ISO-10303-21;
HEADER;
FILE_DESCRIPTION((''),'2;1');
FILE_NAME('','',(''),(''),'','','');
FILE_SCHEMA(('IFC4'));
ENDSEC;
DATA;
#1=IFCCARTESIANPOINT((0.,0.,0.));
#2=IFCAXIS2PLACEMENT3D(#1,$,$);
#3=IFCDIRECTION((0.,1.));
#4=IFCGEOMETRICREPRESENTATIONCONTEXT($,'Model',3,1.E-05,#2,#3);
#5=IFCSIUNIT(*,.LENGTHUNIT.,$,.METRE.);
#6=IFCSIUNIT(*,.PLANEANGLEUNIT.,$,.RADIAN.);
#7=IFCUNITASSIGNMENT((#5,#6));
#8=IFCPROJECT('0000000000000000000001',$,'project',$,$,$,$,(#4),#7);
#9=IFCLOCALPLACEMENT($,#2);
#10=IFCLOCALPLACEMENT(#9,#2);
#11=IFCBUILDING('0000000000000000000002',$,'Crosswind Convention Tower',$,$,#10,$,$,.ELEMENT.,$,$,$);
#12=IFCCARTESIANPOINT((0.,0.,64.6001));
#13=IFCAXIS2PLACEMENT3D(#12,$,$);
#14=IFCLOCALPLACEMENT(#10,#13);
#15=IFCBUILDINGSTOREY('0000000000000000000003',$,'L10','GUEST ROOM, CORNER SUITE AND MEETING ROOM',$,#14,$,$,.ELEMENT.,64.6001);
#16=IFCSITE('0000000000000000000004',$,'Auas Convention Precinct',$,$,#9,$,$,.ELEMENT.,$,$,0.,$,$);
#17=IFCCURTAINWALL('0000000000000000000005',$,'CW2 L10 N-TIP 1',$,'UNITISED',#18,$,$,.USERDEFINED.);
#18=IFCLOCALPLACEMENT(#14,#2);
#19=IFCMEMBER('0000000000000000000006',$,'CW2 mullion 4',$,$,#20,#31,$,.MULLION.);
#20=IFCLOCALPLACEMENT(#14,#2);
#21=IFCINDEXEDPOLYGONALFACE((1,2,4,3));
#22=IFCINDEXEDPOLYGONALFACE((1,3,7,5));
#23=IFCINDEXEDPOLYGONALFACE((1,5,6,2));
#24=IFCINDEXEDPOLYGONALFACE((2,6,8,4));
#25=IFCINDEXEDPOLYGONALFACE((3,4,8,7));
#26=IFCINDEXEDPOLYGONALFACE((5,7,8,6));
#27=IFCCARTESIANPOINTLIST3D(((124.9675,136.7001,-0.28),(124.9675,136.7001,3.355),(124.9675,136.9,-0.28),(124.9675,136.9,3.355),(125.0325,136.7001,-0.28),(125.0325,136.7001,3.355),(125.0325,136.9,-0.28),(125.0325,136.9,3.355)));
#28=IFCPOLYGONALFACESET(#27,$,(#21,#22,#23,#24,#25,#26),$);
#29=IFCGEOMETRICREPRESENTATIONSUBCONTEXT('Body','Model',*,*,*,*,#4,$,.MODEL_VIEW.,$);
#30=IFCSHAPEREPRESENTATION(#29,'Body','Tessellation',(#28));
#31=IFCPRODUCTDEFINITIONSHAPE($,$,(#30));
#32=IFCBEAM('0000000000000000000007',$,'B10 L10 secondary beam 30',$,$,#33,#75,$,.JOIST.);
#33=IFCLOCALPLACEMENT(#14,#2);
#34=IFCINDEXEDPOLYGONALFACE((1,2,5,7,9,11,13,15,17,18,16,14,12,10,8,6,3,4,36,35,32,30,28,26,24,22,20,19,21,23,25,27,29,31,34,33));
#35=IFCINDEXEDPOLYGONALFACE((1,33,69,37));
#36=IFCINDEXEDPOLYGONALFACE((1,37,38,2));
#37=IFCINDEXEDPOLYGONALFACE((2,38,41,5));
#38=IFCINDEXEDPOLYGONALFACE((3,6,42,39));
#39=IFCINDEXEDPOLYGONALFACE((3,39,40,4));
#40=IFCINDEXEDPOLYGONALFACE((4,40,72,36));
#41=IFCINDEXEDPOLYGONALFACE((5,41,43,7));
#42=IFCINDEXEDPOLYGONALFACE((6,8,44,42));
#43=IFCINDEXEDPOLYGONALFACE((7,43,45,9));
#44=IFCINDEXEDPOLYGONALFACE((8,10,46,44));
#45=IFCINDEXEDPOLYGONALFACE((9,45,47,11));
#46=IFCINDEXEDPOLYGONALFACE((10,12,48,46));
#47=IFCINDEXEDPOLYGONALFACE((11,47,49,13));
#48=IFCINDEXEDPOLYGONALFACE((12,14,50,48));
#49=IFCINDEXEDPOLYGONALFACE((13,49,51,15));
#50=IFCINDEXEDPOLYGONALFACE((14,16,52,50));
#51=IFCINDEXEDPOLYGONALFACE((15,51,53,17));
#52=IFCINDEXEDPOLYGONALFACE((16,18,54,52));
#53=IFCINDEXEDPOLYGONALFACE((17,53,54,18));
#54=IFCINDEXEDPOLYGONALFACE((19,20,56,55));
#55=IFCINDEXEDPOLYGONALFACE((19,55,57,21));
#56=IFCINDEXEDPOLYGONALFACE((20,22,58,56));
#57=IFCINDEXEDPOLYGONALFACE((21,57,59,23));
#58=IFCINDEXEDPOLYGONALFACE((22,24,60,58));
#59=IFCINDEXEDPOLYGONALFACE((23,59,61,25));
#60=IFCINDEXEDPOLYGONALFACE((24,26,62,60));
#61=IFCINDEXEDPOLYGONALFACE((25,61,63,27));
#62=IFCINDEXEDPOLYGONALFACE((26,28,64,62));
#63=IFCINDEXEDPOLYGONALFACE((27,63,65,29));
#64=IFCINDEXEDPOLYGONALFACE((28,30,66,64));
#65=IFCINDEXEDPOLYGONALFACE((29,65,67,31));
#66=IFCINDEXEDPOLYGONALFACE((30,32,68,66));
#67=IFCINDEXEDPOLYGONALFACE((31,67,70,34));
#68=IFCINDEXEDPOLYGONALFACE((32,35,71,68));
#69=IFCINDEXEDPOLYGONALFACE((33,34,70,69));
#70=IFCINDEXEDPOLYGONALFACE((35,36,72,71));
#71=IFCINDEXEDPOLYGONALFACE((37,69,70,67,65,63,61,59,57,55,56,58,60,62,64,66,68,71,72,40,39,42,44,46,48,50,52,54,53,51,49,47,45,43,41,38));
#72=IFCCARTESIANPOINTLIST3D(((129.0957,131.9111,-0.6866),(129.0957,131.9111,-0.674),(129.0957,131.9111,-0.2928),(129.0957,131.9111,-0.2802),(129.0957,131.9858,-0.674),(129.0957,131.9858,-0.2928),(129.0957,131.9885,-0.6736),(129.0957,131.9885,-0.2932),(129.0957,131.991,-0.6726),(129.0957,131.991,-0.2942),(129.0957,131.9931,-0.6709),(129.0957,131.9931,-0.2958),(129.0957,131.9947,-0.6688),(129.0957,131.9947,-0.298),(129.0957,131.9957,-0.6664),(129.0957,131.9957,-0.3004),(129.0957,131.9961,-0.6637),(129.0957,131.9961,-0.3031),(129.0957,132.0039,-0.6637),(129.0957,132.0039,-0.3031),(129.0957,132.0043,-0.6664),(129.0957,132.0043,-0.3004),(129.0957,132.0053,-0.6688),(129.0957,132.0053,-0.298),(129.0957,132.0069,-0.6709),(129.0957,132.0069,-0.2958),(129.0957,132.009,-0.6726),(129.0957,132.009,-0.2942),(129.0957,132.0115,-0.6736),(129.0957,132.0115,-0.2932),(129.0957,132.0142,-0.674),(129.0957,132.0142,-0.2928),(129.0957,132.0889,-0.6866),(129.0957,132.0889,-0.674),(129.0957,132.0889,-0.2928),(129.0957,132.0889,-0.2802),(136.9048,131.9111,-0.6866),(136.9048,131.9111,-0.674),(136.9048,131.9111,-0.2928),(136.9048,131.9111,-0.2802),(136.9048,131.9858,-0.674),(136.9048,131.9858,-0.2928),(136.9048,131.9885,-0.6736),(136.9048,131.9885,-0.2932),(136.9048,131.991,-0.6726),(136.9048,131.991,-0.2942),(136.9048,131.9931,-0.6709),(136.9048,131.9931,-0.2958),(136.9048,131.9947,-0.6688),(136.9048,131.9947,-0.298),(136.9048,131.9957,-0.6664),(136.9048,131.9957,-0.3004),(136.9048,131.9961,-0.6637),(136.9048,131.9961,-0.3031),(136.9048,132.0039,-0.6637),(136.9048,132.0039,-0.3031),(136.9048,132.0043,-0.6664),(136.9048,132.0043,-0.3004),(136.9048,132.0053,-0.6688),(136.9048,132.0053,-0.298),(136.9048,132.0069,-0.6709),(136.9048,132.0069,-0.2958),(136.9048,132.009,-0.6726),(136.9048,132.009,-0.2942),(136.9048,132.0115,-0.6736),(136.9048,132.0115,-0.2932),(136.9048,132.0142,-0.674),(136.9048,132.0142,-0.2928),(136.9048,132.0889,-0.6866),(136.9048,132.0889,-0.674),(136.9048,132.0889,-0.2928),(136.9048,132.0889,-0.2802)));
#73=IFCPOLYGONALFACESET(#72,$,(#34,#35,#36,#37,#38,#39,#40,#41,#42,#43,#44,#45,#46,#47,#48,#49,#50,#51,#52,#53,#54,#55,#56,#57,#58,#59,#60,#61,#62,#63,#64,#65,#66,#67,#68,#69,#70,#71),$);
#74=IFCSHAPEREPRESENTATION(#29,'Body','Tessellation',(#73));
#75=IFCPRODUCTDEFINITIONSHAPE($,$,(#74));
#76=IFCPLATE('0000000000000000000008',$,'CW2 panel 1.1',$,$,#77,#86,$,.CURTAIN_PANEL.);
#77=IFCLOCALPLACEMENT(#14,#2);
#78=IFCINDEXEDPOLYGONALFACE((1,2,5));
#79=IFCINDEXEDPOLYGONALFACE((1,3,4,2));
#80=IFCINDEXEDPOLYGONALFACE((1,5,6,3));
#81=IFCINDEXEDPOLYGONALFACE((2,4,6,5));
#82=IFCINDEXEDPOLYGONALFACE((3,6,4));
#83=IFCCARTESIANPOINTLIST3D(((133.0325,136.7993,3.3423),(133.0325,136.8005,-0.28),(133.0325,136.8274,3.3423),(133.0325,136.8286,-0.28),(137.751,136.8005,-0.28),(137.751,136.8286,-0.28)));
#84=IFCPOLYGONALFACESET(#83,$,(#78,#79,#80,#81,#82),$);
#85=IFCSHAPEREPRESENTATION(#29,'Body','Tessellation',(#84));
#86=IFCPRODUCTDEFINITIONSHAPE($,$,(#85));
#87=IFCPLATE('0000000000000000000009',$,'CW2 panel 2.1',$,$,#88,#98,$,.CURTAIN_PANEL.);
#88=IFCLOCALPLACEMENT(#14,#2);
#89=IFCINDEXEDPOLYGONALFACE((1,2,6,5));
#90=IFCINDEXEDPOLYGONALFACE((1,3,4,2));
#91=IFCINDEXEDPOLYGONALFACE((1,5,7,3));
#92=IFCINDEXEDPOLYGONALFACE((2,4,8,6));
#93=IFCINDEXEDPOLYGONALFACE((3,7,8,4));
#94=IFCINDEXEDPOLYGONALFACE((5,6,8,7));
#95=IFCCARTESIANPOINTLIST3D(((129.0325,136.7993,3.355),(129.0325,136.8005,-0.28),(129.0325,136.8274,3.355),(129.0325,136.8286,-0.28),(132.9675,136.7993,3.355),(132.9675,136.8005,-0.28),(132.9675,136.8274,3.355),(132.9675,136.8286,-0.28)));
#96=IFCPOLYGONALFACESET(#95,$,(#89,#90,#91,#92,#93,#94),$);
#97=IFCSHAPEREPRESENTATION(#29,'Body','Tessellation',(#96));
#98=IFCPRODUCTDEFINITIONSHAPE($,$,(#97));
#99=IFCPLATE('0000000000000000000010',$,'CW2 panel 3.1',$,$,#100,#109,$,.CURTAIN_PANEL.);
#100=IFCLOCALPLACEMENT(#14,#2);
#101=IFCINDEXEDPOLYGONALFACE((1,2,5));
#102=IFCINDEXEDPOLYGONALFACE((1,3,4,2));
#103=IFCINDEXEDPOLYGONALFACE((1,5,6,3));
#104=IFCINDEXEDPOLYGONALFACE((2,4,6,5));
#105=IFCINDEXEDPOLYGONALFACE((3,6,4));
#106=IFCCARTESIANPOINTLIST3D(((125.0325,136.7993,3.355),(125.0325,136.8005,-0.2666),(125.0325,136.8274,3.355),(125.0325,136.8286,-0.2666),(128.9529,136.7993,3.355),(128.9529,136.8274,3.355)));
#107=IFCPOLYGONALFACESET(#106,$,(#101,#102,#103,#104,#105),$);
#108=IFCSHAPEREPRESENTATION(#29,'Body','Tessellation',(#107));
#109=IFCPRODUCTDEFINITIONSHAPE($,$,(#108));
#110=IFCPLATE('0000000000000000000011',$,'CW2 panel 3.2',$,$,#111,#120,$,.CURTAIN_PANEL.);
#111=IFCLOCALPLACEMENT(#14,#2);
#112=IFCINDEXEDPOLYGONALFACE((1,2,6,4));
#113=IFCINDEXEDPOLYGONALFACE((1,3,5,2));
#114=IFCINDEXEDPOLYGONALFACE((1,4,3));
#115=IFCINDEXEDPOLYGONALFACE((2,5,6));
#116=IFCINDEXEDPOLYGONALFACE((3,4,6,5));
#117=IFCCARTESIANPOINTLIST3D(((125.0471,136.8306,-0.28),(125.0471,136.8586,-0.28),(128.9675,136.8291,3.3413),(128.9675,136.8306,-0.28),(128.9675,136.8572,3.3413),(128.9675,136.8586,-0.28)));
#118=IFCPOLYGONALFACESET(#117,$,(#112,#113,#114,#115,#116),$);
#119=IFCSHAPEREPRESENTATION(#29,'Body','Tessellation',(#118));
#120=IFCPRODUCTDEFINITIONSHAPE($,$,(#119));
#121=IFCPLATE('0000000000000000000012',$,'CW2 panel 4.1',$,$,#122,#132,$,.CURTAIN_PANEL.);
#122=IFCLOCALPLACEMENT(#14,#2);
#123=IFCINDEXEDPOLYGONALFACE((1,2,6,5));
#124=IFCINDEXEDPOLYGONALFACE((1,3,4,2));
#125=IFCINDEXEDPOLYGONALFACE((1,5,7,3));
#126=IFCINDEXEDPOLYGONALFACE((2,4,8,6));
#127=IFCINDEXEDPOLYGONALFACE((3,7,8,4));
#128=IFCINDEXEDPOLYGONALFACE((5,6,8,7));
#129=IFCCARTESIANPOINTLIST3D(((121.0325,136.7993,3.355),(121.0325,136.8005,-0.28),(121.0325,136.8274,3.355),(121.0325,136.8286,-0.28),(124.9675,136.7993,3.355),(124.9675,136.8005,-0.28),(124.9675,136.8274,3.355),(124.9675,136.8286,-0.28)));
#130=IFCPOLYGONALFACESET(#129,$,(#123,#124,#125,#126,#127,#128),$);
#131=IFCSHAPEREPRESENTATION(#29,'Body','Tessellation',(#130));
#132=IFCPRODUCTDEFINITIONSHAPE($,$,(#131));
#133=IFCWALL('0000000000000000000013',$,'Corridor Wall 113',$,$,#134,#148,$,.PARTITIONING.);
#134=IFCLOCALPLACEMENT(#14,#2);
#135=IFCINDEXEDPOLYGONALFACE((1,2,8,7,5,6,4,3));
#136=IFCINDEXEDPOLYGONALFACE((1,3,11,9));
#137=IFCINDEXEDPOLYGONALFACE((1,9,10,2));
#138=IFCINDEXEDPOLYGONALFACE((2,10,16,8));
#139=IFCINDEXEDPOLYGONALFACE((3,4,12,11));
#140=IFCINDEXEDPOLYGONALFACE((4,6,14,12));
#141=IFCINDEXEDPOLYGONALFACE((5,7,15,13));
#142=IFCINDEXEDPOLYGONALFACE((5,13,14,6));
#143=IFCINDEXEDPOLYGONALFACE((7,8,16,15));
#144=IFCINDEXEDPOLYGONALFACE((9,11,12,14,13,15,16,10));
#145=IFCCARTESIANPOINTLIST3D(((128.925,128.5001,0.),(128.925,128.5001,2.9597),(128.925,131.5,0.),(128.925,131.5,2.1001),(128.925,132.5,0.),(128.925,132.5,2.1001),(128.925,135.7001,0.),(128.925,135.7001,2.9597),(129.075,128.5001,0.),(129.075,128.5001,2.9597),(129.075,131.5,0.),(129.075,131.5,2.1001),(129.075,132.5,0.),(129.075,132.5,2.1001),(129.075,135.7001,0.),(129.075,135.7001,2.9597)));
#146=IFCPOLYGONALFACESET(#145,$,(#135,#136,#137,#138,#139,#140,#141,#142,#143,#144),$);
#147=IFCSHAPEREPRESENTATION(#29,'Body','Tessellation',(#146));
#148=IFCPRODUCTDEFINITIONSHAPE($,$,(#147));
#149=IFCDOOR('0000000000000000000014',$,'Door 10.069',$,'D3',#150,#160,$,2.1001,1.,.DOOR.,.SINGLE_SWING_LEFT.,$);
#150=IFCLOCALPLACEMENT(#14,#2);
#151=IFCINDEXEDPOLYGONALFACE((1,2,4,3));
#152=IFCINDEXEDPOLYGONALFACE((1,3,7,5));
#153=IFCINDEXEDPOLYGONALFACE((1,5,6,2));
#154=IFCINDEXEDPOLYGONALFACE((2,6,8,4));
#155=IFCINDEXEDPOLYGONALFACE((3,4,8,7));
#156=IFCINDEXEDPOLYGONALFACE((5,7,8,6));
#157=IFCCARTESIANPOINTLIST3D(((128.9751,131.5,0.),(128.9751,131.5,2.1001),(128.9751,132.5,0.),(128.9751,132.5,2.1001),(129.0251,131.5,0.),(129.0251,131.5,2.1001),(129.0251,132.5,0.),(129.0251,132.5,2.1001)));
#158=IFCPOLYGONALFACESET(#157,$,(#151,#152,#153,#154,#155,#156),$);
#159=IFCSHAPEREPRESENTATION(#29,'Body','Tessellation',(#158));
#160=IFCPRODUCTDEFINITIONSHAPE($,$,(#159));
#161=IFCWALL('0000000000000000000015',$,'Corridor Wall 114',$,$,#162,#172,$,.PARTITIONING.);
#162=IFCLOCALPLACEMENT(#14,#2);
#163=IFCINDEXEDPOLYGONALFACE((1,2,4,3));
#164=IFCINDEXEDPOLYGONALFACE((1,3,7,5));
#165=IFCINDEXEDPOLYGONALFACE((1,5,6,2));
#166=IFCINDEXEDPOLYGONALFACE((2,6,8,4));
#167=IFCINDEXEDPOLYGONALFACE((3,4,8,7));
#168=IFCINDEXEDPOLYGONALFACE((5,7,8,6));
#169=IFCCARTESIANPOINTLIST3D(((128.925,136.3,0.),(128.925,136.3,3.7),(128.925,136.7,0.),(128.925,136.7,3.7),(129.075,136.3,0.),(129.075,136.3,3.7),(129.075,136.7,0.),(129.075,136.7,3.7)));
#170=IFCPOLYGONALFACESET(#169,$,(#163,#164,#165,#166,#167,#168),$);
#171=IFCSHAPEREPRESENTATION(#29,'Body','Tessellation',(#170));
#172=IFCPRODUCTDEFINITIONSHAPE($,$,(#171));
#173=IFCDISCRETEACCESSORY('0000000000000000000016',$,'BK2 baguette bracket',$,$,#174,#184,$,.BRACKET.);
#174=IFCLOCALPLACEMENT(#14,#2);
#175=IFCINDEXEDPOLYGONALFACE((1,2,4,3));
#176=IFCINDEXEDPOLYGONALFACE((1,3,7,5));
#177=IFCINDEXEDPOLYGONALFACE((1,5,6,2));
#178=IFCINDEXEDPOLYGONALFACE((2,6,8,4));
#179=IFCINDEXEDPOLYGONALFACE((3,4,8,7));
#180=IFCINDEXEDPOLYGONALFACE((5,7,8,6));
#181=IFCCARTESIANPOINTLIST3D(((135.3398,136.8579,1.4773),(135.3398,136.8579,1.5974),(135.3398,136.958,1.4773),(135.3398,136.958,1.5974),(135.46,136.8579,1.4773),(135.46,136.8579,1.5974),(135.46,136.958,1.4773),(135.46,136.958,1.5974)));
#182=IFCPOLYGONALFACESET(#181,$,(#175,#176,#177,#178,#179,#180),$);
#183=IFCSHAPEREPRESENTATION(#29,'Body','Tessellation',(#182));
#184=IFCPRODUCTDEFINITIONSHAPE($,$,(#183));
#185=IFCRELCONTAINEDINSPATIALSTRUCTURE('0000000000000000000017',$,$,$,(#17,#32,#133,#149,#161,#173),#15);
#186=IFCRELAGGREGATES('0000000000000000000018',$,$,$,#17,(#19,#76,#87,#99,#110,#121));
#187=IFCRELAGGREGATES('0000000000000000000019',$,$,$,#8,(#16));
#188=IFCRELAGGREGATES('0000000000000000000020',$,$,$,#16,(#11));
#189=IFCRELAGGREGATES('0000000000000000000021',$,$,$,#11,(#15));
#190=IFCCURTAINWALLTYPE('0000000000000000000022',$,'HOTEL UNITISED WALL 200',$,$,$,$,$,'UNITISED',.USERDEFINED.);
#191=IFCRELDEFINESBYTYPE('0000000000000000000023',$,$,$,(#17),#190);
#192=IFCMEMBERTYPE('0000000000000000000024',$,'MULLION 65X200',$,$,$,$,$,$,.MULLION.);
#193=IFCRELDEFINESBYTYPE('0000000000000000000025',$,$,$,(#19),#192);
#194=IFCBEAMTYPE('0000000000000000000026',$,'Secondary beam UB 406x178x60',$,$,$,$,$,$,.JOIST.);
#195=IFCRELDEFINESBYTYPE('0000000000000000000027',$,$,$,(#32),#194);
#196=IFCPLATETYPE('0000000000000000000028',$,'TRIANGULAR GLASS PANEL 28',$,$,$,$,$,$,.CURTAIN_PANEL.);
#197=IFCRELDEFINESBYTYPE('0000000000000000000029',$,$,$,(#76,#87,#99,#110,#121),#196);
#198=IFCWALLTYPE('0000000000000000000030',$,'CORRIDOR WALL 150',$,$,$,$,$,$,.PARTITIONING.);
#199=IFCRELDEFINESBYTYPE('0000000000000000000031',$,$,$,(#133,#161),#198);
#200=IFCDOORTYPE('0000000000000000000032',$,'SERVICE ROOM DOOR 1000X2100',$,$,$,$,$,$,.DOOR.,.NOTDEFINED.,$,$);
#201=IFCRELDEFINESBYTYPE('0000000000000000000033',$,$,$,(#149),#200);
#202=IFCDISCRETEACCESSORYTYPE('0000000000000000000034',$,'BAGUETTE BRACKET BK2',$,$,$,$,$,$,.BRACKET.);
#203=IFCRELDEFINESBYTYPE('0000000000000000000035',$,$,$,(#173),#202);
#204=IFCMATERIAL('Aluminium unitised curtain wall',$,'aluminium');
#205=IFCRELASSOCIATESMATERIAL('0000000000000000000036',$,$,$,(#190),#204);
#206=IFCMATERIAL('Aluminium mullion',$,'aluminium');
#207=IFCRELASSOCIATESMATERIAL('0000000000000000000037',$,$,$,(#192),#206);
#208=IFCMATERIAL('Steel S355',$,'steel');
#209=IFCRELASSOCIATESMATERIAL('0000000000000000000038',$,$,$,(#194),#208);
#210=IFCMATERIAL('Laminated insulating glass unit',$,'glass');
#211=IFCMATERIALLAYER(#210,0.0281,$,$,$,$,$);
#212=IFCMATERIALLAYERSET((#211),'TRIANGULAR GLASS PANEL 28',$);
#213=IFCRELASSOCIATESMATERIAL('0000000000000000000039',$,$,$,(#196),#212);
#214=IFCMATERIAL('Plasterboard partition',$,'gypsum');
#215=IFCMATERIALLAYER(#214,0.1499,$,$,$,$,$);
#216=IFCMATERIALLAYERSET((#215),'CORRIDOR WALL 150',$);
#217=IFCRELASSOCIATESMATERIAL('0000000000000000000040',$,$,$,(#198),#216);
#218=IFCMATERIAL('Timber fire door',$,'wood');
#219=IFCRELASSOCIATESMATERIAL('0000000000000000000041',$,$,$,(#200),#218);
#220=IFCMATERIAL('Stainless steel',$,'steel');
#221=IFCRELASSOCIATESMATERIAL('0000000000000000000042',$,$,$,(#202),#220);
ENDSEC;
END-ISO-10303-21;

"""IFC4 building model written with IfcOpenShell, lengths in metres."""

from ifc_helpers import new_model, si_unit, direction, frame, frame_2d, origin, origin_2d, place, context, subcontext, project, spatial, polyline, rectangle, i_section, outline, extrude, material, layer, layer_set, material_profile, profile_set, type_object, element, fill, aggregate, save


model = new_model("IFC4")

# Units and contexts
model_context = context("Model", 3, precision=1e-05, world=origin(), true_north=direction((0.0, 1.0)))
body_context = subcontext(model_context, "Body", "Model", "MODEL_VIEW")
ifc_project = project(units=[si_unit("LENGTHUNIT", "METRE"), si_unit("PLANEANGLEUNIT", "RADIAN")], contexts=[model_context])

# Site, building, storey
site_placement = place(None, origin())
site = spatial("IfcSite", under=ifc_project, at=site_placement, Name="Auas Convention Precinct", CompositionType="ELEMENT", RefElevation=0.0)
building_placement = place(site_placement, origin())
building = spatial("IfcBuilding", under=site, at=building_placement, Name="Crosswind Convention Tower", CompositionType="ELEMENT")
storey_placement = place(building_placement, frame((0.0, 0.0, 64.6001)))
storey = spatial("IfcBuildingStorey", under=building, at=storey_placement, Name="L10", Description="GUEST ROOM, CORNER SUITE AND MEETING ROOM", CompositionType="ELEMENT", Elevation=64.6001)

# Shared definitions
ifc_material_1 = material(Name="Steel S355", Category="steel")

# Curtain wall, member
ifc_material_2 = material(Name="Aluminium unitised curtain wall", Category="aluminium")
curtain_wall_type = type_object("IfcCurtainWallType", Name="HOTEL UNITISED WALL 200", ElementType="UNITISED", PredefinedType="USERDEFINED", material=ifc_material_2)
curtain_wall_placement = place(storey_placement, origin())
curtain_wall = element("IfcCurtainWall", 1, at=curtain_wall_placement, inside=storey, type_object=curtain_wall_type, Name="CW2 L10 N-TIP 1", ObjectType="UNITISED", PredefinedType="USERDEFINED")
ifc_material_3 = material(Name="Aluminium mullion", Category="aluminium")
ifc_material_profile_1 = material_profile(ifc_material_3, rectangle(XDim=0.2, YDim=0.0649, at=origin_2d()), Name="AL 200X65")
ifc_profile_set_1 = profile_set([ifc_material_profile_1], Name="Aluminium mullion")
member_type = type_object("IfcMemberType", Name="MULLION 65X200", PredefinedType="MULLION", material=ifc_profile_set_1)
member_1_placement = place(storey_placement, frame((125.0, 136.8, -0.28), z_axis=(0.0, 0.0, 1.0), x_axis=(0.0, 1.0, 0.0)))
member_1 = element("IfcMember", 2, at=member_1_placement, type_object=member_type, Name="CW2 mullion 4", PredefinedType="MULLION", context=body_context, shape_type="SweptSolid", body=[
    extrude(rectangle(XDim=0.2, YDim=0.0649, at=origin_2d()), origin(), (0.0, 0.0, 1.0), 3.635),
])

# Beam
ifc_material_profile_2 = material_profile(ifc_material_1, i_section(OverallWidth=0.1777, OverallDepth=0.4065, WebThickness=0.0078, FlangeThickness=0.0127, FilletRadius=0.0103, at=origin_2d()), Name="UB 406x178x60")
ifc_profile_set_2 = profile_set([ifc_material_profile_2], Name="Steel S355")
beam_type_1 = type_object("IfcBeamType", Name="Secondary beam UB 406x178x60", PredefinedType="JOIST", material=ifc_profile_set_2)
beam_1_placement = place(storey_placement, frame((129.0957, 132.0, -0.4834), z_axis=(1.0, 0.0, 0.0), x_axis=(0.0, 1.0, 0.0)))
element("IfcBeam", 3, at=beam_1_placement, inside=storey, type_object=beam_type_1, Name="B10 L10 secondary beam 30", PredefinedType="JOIST", context=body_context, shape_type="SweptSolid", body=[
    extrude(i_section(OverallWidth=0.1777, OverallDepth=0.4065, WebThickness=0.0078, FlangeThickness=0.0127, FilletRadius=0.0103, at=origin_2d()), origin(), (0.0, 0.0, 1.0), 7.8091),
])

# Plates
ifc_material_4 = material(Name="Laminated insulating glass unit", Category="glass")
ifc_layer_1 = layer(ifc_material_4, 0.0281)
ifc_layer_set_1 = layer_set([ifc_layer_1], Name="TRIANGULAR GLASS PANEL 28")
plate_type = type_object("IfcPlateType", Name="TRIANGULAR GLASS PANEL 28", PredefinedType="CURTAIN_PANEL", material=ifc_layer_set_1)
plate_1_placement = place(storey_placement, frame((133.0325, 136.8286, -0.28), z_axis=(0.0, 1.0, 0.000337), x_axis=(0.0, -0.000337, 1.0)))
plate_1 = element("IfcPlate", 4, at=plate_1_placement, type_object=plate_type, Name="CW2 panel 1.1", PredefinedType="CURTAIN_PANEL", context=body_context, shape_type="SweptSolid", body=[
    extrude(outline(polyline([(0.0, 0.0), (3.6223, 0.0), (0.0, 4.7185), (0.0, 0.0)])), origin(), (0.0, 0.0, -1.0), 0.0281),
])
plate_2_placement = place(storey_placement, frame((132.9675, 136.8286, -0.28), z_axis=(0.0, 1.0, 0.000336), x_axis=(-1.0, 0.0, 0.0)))
plate_2 = element("IfcPlate", 5, at=plate_2_placement, type_object=plate_type, Name="CW2 panel 2.1", PredefinedType="CURTAIN_PANEL", context=body_context, shape_type="SweptSolid", body=[
    extrude(outline(polyline([(0.0, 0.0), (3.9351, 0.0), (3.9351, 3.635), (0.0, 3.635), (0.0, 0.0)])), origin(), (0.0, 0.0, -1.0), 0.0281),
])
plate_3_placement = place(storey_placement, frame((125.0325, 136.8274, 3.355), z_axis=(0.0, 1.0, 0.000337), x_axis=(1.0, 0.0, 0.0)))
plate_3 = element("IfcPlate", 6, at=plate_3_placement, type_object=plate_type, Name="CW2 panel 3.1", PredefinedType="CURTAIN_PANEL", context=body_context, shape_type="SweptSolid", body=[
    extrude(outline(polyline([(0.0, 0.0), (3.9204, 0.0), (0.0, 3.6216), (0.0, 0.0)])), origin(), (0.0, 0.0, -1.0), 0.0281),
])
plate_4_placement = place(storey_placement, frame((128.9675, 136.8586, -0.28), z_axis=(0.0, 1.0, 0.000405), x_axis=(-1.0, 0.0, 0.0)))
plate_4 = element("IfcPlate", 7, at=plate_4_placement, type_object=plate_type, Name="CW2 panel 3.2", PredefinedType="CURTAIN_PANEL", context=body_context, shape_type="SweptSolid", body=[
    extrude(outline(polyline([(0.0, 0.0), (3.9204, 0.0), (0.0, 3.6213), (0.0, 0.0)])), origin(), (0.0, 0.0, -1.0), 0.0281),
])
plate_5_placement = place(storey_placement, frame((124.9675, 136.8286, -0.28), z_axis=(0.0, 1.0, 0.000336), x_axis=(-1.0, 0.0, 0.0)))
plate_5 = element("IfcPlate", 8, at=plate_5_placement, type_object=plate_type, Name="CW2 panel 4.1", PredefinedType="CURTAIN_PANEL", context=body_context, shape_type="SweptSolid", body=[
    extrude(outline(polyline([(0.0, 0.0), (3.9351, 0.0), (3.9351, 3.635), (0.0, 3.635), (0.0, 0.0)])), origin(), (0.0, 0.0, -1.0), 0.0281),
])
aggregate(curtain_wall, [member_1, plate_1, plate_2, plate_3, plate_4, plate_5])

# Wall, opening, door
ifc_material_5 = material(Name="Plasterboard partition", Category="gypsum")
ifc_layer_2 = layer(ifc_material_5, 0.1499)
ifc_layer_set_2 = layer_set([ifc_layer_2], Name="CORRIDOR WALL 150")
wall_type = type_object("IfcWallType", Name="CORRIDOR WALL 150", PredefinedType="PARTITIONING", material=ifc_layer_set_2)
wall_1_placement = place(storey_placement, frame((129.0, 128.5, 0.0), z_axis=(0.0, 0.0, 1.0), x_axis=(0.0, 1.0, 0.0)))
wall_1 = element("IfcWall", 9, at=wall_1_placement, inside=storey, type_object=wall_type, Name="Corridor Wall 113", PredefinedType="PARTITIONING", context=body_context, shape_type="SweptSolid", body=[
    extrude(rectangle(XDim=7.2, YDim=0.1499, at=frame_2d((3.6001, 0.0))), origin(), (0.0, 0.0, 1.0), 2.9597),
])
opening_placement = place(wall_1_placement, frame((3.0, 0.0, 0.0)))
opening = element("IfcOpeningElement", 10, at=opening_placement, cuts=wall_1, PredefinedType="OPENING", context=body_context, shape_type="SweptSolid", body=[
    extrude(rectangle(XDim=1.0, YDim=2.1001, at=frame_2d((0.5, 1.05))), frame((0.0, 0.085, 0.0), z_axis=(0.0, -1.0, 0.0), x_axis=(1.0, 0.0, 0.0)), (0.0, 0.0, 1.0), 0.1699),
])
ifc_material_6 = material(Name="Timber fire door", Category="wood")
door_type = type_object("IfcDoorType", Name="SERVICE ROOM DOOR 1000X2100", OperationType="NOTDEFINED", PredefinedType="DOOR", material=ifc_material_6)
door_placement = place(opening_placement, origin())
door = element("IfcDoor", 11, at=door_placement, inside=storey, type_object=door_type, Name="Door 10.069", ObjectType="D3", OperationType="SINGLE_SWING_LEFT", OverallHeight=2.1001, OverallWidth=1.0, PredefinedType="DOOR", context=body_context, shape_type="SweptSolid", body=[
    extrude(rectangle(XDim=1.0, YDim=2.1001, at=frame_2d((0.5, 1.05))), frame((0.0, 0.0249, 0.0), z_axis=(0.0, -1.0, 0.0), x_axis=(1.0, 0.0, 0.0)), (0.0, 0.0, 1.0), 0.05),
])
fill(opening, door)

# Wall
wall_2_placement = place(storey_placement, frame((129.0, 136.3, 0.0), z_axis=(0.0, 0.0, 1.0), x_axis=(0.0, 1.0, 0.0)))
element("IfcWall", 12, at=wall_2_placement, inside=storey, type_object=wall_type, Name="Corridor Wall 114", PredefinedType="PARTITIONING", context=body_context, shape_type="SweptSolid", body=[
    extrude(rectangle(XDim=0.3999, YDim=0.1499, at=frame_2d((0.2, 0.0))), origin(), (0.0, 0.0, 1.0), 3.7),
])

# Discrete accessory
ifc_material_7 = material(Name="Stainless steel", Category="steel")
discrete_accessory_type = type_object("IfcDiscreteAccessoryType", Name="BAGUETTE BRACKET BK2", PredefinedType="BRACKET", material=ifc_material_7)
discrete_accessory_placement = place(storey_placement, frame((135.3999, 136.908, 1.4773), z_axis=(0.0, 0.0, 1.0), x_axis=(-1.0, 0.0, 0.0)))
element("IfcDiscreteAccessory", 13, at=discrete_accessory_placement, inside=storey, type_object=discrete_accessory_type, Name="BK2 baguette bracket", PredefinedType="BRACKET", context=body_context, shape_type="SweptSolid", body=[
    extrude(rectangle(XDim=0.1201, YDim=0.1001, at=origin_2d()), origin(), (0.0, 0.0, 1.0), 0.1201),
])

save(model, "model.ifc")
